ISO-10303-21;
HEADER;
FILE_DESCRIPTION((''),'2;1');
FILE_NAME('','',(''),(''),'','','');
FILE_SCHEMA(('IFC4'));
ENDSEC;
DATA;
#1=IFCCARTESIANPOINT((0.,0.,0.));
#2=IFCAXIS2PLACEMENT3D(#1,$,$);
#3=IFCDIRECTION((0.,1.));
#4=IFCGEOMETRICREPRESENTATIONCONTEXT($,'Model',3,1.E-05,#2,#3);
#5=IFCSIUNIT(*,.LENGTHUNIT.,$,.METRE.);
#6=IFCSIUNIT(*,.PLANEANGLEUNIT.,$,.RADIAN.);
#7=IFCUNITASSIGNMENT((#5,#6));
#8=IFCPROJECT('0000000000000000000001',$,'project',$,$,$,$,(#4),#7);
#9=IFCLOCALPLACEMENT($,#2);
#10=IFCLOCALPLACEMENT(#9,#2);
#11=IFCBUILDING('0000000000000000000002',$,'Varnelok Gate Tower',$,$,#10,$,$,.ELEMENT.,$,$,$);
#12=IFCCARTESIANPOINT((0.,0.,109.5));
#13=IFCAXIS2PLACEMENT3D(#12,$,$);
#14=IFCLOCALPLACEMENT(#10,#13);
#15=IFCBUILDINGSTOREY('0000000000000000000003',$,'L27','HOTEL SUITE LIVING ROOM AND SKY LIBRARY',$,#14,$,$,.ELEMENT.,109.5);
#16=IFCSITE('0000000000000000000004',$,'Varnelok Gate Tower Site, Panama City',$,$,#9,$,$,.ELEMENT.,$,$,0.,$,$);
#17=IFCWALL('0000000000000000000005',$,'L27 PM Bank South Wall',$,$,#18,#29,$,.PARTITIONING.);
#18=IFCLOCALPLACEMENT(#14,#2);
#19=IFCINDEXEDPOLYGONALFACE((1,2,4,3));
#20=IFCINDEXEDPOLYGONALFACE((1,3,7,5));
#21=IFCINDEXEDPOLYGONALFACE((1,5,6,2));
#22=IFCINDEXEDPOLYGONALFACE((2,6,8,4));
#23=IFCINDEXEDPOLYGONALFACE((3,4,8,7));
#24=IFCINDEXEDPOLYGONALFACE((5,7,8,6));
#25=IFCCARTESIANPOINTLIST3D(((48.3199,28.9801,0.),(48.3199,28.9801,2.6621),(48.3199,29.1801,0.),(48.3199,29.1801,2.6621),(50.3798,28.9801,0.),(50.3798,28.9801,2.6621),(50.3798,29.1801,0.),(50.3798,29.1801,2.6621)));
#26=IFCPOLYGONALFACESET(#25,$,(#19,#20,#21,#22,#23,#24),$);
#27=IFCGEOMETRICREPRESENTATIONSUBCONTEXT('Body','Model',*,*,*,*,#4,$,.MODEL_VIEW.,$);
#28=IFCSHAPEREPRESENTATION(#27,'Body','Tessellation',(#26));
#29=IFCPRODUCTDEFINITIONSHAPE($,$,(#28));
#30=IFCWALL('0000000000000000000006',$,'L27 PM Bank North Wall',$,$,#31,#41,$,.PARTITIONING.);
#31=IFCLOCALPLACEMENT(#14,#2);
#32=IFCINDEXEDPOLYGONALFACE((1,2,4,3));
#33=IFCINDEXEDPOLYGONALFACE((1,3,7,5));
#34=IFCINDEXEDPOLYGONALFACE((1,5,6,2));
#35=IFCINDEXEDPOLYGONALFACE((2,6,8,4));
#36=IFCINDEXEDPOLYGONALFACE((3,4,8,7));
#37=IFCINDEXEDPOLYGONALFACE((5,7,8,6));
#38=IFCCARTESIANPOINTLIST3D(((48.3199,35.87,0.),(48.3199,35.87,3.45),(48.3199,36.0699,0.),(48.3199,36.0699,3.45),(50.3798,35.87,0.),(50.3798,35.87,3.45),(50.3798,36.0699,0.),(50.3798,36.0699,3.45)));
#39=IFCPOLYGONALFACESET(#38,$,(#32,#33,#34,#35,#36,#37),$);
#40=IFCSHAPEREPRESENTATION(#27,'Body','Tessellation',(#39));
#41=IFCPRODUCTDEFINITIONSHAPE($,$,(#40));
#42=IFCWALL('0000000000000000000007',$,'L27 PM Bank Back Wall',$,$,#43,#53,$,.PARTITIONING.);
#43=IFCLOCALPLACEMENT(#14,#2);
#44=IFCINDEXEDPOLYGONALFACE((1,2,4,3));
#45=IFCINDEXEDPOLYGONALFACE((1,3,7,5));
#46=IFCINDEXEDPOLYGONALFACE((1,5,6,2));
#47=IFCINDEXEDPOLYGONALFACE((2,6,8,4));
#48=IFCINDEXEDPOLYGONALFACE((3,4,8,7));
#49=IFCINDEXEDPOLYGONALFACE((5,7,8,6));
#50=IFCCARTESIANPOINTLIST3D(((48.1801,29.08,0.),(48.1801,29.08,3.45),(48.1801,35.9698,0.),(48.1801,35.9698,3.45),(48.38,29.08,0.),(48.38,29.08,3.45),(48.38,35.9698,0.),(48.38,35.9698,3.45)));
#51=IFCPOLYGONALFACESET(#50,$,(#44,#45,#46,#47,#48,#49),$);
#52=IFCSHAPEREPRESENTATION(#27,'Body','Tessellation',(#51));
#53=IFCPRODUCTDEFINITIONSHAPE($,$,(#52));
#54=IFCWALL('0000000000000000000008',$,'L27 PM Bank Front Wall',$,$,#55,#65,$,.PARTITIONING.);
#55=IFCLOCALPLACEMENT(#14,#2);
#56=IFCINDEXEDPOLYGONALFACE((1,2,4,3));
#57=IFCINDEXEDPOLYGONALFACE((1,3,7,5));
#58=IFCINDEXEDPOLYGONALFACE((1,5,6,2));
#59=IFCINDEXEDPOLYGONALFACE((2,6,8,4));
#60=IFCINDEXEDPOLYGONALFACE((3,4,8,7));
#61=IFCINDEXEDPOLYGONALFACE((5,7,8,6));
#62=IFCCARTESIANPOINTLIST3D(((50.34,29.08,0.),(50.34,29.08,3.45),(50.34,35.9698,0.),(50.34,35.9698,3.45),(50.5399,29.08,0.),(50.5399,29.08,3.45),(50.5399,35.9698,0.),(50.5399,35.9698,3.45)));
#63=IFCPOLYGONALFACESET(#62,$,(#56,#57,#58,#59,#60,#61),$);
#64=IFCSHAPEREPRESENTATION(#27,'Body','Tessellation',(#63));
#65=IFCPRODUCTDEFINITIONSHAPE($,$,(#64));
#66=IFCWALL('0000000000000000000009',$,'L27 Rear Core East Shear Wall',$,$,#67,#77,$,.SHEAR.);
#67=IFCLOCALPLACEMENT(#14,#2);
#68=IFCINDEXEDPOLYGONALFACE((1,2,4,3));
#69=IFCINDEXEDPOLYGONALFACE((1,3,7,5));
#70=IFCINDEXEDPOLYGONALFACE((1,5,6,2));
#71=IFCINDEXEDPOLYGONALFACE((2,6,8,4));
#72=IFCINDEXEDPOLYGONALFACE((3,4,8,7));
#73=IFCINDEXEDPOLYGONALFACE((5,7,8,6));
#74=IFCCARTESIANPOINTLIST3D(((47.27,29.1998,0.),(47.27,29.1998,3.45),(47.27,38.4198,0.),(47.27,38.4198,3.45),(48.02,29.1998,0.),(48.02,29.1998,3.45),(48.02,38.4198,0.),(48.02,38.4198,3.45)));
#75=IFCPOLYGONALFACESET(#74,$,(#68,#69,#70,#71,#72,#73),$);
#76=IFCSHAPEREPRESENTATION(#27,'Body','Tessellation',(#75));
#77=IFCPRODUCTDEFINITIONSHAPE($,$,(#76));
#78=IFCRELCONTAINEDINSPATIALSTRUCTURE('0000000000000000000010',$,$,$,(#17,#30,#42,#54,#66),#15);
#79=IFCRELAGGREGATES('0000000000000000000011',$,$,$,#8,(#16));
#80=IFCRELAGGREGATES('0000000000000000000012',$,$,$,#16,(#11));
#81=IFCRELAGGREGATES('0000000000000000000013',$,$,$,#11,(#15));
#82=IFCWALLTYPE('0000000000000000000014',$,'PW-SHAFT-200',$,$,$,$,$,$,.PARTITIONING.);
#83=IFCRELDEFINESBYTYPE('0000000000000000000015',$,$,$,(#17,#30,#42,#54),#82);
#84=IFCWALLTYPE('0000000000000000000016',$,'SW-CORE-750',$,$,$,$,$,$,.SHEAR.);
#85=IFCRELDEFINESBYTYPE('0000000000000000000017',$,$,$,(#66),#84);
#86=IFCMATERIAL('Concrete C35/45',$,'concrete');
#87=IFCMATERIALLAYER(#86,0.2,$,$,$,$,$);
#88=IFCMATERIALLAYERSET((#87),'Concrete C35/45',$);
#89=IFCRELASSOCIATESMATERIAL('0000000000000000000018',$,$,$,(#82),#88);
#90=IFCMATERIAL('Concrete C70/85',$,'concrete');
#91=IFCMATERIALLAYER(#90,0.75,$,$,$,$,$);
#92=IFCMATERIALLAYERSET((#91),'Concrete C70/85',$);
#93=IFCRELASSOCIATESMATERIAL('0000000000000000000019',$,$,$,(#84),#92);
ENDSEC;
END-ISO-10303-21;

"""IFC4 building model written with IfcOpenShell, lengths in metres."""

from ifc_helpers import new_model, si_unit, direction, frame, frame_2d, origin, place, context, subcontext, project, spatial, rectangle, extrude, material, layer, layer_set, type_object, element, save


model = new_model("IFC4")

# Units and contexts
model_context = context("Model", 3, precision=1e-05, world=origin(), true_north=direction((0.0, 1.0)))
body_context = subcontext(model_context, "Body", "Model", "MODEL_VIEW")
ifc_project = project(units=[si_unit("LENGTHUNIT", "METRE"), si_unit("PLANEANGLEUNIT", "RADIAN")], contexts=[model_context])

# Site, building, storey
site_placement = place(None, origin())
site = spatial("IfcSite", under=ifc_project, at=site_placement, Name="Varnelok Gate Tower Site, Panama City", CompositionType="ELEMENT", RefElevation=0.0)
building_placement = place(site_placement, origin())
building = spatial("IfcBuilding", under=site, at=building_placement, Name="Varnelok Gate Tower", CompositionType="ELEMENT")
storey_placement = place(building_placement, frame((0.0, 0.0, 109.5)))
storey = spatial("IfcBuildingStorey", under=building, at=storey_placement, Name="L27", Description="HOTEL SUITE LIVING ROOM AND SKY LIBRARY", CompositionType="ELEMENT", Elevation=109.5)

# Shared definitions
ifc_material_1 = material(Name="Concrete C70/85", Category="concrete")

# Walls
ifc_material_2 = material(Name="Concrete C35/45", Category="concrete")
ifc_layer_1 = layer(ifc_material_2, 0.2)
ifc_layer_set_1 = layer_set([ifc_layer_1], Name="Concrete C35/45")
wall_type_1 = type_object("IfcWallType", Name="PW-SHAFT-200", PredefinedType="PARTITIONING", material=ifc_layer_set_1)
wall_1_placement = place(storey_placement, frame((48.3201, 29.0801, 0.0), z_axis=(0.0, 0.0, 1.0), x_axis=(1.0, 0.0, 0.0)))
element("IfcWall", 1, at=wall_1_placement, inside=storey, type_object=wall_type_1, Name="L27 PM Bank South Wall", PredefinedType="PARTITIONING", context=body_context, shape_type="SweptSolid", body=[
    extrude(rectangle(XDim=2.0598, YDim=0.2, at=frame_2d((1.0298, 0.0))), origin(), (0.0, 0.0, 1.0), 2.6621),
])
wall_2_placement = place(storey_placement, frame((48.3201, 35.97, 0.0), z_axis=(0.0, 0.0, 1.0), x_axis=(1.0, 0.0, 0.0)))
element("IfcWall", 2, at=wall_2_placement, inside=storey, type_object=wall_type_1, Name="L27 PM Bank North Wall", PredefinedType="PARTITIONING", context=body_context, shape_type="SweptSolid", body=[
    extrude(rectangle(XDim=2.0598, YDim=0.2, at=frame_2d((1.0298, 0.0))), origin(), (0.0, 0.0, 1.0), 3.45),
])
for number, where, z_axis, x_axis, name in (
    (3, (48.28, 29.0801, 0.0), (0.0, 0.0, 1.0), (0.0, 1.0, 0.0), "L27 PM Bank Back Wall"),
    (4, (50.4399, 29.0801, 0.0), (0.0, 0.0, 1.0), (0.0, 1.0, 0.0), "L27 PM Bank Front Wall"),
):
    element("IfcWall", number, at=place(storey_placement, frame(where, z_axis=z_axis, x_axis=x_axis)), inside=storey, type_object=wall_type_1, Name=name, PredefinedType="PARTITIONING", context=body_context, shape_type="SweptSolid", body=[
        extrude(rectangle(XDim=6.8899, YDim=0.2, at=frame_2d((3.4448, 0.0))), origin(), (0.0, 0.0, 1.0), 3.45),
    ])
ifc_layer_2 = layer(ifc_material_1, 0.75)
ifc_layer_set_2 = layer_set([ifc_layer_2], Name="Concrete C70/85")
wall_type_2 = type_object("IfcWallType", Name="SW-CORE-750", PredefinedType="SHEAR", material=ifc_layer_set_2)
wall_3_placement = place(storey_placement, frame((47.645, 29.2, 0.0), z_axis=(0.0, 0.0, 1.0), x_axis=(0.0, 1.0, 0.0)))
element("IfcWall", 5, at=wall_3_placement, inside=storey, type_object=wall_type_2, Name="L27 Rear Core East Shear Wall", PredefinedType="SHEAR", context=body_context, shape_type="SweptSolid", body=[
    extrude(rectangle(XDim=9.22, YDim=0.75, at=frame_2d((4.6099, 0.0))), origin(), (0.0, 0.0, 1.0), 3.45),
])

save(model, "model.ifc")
